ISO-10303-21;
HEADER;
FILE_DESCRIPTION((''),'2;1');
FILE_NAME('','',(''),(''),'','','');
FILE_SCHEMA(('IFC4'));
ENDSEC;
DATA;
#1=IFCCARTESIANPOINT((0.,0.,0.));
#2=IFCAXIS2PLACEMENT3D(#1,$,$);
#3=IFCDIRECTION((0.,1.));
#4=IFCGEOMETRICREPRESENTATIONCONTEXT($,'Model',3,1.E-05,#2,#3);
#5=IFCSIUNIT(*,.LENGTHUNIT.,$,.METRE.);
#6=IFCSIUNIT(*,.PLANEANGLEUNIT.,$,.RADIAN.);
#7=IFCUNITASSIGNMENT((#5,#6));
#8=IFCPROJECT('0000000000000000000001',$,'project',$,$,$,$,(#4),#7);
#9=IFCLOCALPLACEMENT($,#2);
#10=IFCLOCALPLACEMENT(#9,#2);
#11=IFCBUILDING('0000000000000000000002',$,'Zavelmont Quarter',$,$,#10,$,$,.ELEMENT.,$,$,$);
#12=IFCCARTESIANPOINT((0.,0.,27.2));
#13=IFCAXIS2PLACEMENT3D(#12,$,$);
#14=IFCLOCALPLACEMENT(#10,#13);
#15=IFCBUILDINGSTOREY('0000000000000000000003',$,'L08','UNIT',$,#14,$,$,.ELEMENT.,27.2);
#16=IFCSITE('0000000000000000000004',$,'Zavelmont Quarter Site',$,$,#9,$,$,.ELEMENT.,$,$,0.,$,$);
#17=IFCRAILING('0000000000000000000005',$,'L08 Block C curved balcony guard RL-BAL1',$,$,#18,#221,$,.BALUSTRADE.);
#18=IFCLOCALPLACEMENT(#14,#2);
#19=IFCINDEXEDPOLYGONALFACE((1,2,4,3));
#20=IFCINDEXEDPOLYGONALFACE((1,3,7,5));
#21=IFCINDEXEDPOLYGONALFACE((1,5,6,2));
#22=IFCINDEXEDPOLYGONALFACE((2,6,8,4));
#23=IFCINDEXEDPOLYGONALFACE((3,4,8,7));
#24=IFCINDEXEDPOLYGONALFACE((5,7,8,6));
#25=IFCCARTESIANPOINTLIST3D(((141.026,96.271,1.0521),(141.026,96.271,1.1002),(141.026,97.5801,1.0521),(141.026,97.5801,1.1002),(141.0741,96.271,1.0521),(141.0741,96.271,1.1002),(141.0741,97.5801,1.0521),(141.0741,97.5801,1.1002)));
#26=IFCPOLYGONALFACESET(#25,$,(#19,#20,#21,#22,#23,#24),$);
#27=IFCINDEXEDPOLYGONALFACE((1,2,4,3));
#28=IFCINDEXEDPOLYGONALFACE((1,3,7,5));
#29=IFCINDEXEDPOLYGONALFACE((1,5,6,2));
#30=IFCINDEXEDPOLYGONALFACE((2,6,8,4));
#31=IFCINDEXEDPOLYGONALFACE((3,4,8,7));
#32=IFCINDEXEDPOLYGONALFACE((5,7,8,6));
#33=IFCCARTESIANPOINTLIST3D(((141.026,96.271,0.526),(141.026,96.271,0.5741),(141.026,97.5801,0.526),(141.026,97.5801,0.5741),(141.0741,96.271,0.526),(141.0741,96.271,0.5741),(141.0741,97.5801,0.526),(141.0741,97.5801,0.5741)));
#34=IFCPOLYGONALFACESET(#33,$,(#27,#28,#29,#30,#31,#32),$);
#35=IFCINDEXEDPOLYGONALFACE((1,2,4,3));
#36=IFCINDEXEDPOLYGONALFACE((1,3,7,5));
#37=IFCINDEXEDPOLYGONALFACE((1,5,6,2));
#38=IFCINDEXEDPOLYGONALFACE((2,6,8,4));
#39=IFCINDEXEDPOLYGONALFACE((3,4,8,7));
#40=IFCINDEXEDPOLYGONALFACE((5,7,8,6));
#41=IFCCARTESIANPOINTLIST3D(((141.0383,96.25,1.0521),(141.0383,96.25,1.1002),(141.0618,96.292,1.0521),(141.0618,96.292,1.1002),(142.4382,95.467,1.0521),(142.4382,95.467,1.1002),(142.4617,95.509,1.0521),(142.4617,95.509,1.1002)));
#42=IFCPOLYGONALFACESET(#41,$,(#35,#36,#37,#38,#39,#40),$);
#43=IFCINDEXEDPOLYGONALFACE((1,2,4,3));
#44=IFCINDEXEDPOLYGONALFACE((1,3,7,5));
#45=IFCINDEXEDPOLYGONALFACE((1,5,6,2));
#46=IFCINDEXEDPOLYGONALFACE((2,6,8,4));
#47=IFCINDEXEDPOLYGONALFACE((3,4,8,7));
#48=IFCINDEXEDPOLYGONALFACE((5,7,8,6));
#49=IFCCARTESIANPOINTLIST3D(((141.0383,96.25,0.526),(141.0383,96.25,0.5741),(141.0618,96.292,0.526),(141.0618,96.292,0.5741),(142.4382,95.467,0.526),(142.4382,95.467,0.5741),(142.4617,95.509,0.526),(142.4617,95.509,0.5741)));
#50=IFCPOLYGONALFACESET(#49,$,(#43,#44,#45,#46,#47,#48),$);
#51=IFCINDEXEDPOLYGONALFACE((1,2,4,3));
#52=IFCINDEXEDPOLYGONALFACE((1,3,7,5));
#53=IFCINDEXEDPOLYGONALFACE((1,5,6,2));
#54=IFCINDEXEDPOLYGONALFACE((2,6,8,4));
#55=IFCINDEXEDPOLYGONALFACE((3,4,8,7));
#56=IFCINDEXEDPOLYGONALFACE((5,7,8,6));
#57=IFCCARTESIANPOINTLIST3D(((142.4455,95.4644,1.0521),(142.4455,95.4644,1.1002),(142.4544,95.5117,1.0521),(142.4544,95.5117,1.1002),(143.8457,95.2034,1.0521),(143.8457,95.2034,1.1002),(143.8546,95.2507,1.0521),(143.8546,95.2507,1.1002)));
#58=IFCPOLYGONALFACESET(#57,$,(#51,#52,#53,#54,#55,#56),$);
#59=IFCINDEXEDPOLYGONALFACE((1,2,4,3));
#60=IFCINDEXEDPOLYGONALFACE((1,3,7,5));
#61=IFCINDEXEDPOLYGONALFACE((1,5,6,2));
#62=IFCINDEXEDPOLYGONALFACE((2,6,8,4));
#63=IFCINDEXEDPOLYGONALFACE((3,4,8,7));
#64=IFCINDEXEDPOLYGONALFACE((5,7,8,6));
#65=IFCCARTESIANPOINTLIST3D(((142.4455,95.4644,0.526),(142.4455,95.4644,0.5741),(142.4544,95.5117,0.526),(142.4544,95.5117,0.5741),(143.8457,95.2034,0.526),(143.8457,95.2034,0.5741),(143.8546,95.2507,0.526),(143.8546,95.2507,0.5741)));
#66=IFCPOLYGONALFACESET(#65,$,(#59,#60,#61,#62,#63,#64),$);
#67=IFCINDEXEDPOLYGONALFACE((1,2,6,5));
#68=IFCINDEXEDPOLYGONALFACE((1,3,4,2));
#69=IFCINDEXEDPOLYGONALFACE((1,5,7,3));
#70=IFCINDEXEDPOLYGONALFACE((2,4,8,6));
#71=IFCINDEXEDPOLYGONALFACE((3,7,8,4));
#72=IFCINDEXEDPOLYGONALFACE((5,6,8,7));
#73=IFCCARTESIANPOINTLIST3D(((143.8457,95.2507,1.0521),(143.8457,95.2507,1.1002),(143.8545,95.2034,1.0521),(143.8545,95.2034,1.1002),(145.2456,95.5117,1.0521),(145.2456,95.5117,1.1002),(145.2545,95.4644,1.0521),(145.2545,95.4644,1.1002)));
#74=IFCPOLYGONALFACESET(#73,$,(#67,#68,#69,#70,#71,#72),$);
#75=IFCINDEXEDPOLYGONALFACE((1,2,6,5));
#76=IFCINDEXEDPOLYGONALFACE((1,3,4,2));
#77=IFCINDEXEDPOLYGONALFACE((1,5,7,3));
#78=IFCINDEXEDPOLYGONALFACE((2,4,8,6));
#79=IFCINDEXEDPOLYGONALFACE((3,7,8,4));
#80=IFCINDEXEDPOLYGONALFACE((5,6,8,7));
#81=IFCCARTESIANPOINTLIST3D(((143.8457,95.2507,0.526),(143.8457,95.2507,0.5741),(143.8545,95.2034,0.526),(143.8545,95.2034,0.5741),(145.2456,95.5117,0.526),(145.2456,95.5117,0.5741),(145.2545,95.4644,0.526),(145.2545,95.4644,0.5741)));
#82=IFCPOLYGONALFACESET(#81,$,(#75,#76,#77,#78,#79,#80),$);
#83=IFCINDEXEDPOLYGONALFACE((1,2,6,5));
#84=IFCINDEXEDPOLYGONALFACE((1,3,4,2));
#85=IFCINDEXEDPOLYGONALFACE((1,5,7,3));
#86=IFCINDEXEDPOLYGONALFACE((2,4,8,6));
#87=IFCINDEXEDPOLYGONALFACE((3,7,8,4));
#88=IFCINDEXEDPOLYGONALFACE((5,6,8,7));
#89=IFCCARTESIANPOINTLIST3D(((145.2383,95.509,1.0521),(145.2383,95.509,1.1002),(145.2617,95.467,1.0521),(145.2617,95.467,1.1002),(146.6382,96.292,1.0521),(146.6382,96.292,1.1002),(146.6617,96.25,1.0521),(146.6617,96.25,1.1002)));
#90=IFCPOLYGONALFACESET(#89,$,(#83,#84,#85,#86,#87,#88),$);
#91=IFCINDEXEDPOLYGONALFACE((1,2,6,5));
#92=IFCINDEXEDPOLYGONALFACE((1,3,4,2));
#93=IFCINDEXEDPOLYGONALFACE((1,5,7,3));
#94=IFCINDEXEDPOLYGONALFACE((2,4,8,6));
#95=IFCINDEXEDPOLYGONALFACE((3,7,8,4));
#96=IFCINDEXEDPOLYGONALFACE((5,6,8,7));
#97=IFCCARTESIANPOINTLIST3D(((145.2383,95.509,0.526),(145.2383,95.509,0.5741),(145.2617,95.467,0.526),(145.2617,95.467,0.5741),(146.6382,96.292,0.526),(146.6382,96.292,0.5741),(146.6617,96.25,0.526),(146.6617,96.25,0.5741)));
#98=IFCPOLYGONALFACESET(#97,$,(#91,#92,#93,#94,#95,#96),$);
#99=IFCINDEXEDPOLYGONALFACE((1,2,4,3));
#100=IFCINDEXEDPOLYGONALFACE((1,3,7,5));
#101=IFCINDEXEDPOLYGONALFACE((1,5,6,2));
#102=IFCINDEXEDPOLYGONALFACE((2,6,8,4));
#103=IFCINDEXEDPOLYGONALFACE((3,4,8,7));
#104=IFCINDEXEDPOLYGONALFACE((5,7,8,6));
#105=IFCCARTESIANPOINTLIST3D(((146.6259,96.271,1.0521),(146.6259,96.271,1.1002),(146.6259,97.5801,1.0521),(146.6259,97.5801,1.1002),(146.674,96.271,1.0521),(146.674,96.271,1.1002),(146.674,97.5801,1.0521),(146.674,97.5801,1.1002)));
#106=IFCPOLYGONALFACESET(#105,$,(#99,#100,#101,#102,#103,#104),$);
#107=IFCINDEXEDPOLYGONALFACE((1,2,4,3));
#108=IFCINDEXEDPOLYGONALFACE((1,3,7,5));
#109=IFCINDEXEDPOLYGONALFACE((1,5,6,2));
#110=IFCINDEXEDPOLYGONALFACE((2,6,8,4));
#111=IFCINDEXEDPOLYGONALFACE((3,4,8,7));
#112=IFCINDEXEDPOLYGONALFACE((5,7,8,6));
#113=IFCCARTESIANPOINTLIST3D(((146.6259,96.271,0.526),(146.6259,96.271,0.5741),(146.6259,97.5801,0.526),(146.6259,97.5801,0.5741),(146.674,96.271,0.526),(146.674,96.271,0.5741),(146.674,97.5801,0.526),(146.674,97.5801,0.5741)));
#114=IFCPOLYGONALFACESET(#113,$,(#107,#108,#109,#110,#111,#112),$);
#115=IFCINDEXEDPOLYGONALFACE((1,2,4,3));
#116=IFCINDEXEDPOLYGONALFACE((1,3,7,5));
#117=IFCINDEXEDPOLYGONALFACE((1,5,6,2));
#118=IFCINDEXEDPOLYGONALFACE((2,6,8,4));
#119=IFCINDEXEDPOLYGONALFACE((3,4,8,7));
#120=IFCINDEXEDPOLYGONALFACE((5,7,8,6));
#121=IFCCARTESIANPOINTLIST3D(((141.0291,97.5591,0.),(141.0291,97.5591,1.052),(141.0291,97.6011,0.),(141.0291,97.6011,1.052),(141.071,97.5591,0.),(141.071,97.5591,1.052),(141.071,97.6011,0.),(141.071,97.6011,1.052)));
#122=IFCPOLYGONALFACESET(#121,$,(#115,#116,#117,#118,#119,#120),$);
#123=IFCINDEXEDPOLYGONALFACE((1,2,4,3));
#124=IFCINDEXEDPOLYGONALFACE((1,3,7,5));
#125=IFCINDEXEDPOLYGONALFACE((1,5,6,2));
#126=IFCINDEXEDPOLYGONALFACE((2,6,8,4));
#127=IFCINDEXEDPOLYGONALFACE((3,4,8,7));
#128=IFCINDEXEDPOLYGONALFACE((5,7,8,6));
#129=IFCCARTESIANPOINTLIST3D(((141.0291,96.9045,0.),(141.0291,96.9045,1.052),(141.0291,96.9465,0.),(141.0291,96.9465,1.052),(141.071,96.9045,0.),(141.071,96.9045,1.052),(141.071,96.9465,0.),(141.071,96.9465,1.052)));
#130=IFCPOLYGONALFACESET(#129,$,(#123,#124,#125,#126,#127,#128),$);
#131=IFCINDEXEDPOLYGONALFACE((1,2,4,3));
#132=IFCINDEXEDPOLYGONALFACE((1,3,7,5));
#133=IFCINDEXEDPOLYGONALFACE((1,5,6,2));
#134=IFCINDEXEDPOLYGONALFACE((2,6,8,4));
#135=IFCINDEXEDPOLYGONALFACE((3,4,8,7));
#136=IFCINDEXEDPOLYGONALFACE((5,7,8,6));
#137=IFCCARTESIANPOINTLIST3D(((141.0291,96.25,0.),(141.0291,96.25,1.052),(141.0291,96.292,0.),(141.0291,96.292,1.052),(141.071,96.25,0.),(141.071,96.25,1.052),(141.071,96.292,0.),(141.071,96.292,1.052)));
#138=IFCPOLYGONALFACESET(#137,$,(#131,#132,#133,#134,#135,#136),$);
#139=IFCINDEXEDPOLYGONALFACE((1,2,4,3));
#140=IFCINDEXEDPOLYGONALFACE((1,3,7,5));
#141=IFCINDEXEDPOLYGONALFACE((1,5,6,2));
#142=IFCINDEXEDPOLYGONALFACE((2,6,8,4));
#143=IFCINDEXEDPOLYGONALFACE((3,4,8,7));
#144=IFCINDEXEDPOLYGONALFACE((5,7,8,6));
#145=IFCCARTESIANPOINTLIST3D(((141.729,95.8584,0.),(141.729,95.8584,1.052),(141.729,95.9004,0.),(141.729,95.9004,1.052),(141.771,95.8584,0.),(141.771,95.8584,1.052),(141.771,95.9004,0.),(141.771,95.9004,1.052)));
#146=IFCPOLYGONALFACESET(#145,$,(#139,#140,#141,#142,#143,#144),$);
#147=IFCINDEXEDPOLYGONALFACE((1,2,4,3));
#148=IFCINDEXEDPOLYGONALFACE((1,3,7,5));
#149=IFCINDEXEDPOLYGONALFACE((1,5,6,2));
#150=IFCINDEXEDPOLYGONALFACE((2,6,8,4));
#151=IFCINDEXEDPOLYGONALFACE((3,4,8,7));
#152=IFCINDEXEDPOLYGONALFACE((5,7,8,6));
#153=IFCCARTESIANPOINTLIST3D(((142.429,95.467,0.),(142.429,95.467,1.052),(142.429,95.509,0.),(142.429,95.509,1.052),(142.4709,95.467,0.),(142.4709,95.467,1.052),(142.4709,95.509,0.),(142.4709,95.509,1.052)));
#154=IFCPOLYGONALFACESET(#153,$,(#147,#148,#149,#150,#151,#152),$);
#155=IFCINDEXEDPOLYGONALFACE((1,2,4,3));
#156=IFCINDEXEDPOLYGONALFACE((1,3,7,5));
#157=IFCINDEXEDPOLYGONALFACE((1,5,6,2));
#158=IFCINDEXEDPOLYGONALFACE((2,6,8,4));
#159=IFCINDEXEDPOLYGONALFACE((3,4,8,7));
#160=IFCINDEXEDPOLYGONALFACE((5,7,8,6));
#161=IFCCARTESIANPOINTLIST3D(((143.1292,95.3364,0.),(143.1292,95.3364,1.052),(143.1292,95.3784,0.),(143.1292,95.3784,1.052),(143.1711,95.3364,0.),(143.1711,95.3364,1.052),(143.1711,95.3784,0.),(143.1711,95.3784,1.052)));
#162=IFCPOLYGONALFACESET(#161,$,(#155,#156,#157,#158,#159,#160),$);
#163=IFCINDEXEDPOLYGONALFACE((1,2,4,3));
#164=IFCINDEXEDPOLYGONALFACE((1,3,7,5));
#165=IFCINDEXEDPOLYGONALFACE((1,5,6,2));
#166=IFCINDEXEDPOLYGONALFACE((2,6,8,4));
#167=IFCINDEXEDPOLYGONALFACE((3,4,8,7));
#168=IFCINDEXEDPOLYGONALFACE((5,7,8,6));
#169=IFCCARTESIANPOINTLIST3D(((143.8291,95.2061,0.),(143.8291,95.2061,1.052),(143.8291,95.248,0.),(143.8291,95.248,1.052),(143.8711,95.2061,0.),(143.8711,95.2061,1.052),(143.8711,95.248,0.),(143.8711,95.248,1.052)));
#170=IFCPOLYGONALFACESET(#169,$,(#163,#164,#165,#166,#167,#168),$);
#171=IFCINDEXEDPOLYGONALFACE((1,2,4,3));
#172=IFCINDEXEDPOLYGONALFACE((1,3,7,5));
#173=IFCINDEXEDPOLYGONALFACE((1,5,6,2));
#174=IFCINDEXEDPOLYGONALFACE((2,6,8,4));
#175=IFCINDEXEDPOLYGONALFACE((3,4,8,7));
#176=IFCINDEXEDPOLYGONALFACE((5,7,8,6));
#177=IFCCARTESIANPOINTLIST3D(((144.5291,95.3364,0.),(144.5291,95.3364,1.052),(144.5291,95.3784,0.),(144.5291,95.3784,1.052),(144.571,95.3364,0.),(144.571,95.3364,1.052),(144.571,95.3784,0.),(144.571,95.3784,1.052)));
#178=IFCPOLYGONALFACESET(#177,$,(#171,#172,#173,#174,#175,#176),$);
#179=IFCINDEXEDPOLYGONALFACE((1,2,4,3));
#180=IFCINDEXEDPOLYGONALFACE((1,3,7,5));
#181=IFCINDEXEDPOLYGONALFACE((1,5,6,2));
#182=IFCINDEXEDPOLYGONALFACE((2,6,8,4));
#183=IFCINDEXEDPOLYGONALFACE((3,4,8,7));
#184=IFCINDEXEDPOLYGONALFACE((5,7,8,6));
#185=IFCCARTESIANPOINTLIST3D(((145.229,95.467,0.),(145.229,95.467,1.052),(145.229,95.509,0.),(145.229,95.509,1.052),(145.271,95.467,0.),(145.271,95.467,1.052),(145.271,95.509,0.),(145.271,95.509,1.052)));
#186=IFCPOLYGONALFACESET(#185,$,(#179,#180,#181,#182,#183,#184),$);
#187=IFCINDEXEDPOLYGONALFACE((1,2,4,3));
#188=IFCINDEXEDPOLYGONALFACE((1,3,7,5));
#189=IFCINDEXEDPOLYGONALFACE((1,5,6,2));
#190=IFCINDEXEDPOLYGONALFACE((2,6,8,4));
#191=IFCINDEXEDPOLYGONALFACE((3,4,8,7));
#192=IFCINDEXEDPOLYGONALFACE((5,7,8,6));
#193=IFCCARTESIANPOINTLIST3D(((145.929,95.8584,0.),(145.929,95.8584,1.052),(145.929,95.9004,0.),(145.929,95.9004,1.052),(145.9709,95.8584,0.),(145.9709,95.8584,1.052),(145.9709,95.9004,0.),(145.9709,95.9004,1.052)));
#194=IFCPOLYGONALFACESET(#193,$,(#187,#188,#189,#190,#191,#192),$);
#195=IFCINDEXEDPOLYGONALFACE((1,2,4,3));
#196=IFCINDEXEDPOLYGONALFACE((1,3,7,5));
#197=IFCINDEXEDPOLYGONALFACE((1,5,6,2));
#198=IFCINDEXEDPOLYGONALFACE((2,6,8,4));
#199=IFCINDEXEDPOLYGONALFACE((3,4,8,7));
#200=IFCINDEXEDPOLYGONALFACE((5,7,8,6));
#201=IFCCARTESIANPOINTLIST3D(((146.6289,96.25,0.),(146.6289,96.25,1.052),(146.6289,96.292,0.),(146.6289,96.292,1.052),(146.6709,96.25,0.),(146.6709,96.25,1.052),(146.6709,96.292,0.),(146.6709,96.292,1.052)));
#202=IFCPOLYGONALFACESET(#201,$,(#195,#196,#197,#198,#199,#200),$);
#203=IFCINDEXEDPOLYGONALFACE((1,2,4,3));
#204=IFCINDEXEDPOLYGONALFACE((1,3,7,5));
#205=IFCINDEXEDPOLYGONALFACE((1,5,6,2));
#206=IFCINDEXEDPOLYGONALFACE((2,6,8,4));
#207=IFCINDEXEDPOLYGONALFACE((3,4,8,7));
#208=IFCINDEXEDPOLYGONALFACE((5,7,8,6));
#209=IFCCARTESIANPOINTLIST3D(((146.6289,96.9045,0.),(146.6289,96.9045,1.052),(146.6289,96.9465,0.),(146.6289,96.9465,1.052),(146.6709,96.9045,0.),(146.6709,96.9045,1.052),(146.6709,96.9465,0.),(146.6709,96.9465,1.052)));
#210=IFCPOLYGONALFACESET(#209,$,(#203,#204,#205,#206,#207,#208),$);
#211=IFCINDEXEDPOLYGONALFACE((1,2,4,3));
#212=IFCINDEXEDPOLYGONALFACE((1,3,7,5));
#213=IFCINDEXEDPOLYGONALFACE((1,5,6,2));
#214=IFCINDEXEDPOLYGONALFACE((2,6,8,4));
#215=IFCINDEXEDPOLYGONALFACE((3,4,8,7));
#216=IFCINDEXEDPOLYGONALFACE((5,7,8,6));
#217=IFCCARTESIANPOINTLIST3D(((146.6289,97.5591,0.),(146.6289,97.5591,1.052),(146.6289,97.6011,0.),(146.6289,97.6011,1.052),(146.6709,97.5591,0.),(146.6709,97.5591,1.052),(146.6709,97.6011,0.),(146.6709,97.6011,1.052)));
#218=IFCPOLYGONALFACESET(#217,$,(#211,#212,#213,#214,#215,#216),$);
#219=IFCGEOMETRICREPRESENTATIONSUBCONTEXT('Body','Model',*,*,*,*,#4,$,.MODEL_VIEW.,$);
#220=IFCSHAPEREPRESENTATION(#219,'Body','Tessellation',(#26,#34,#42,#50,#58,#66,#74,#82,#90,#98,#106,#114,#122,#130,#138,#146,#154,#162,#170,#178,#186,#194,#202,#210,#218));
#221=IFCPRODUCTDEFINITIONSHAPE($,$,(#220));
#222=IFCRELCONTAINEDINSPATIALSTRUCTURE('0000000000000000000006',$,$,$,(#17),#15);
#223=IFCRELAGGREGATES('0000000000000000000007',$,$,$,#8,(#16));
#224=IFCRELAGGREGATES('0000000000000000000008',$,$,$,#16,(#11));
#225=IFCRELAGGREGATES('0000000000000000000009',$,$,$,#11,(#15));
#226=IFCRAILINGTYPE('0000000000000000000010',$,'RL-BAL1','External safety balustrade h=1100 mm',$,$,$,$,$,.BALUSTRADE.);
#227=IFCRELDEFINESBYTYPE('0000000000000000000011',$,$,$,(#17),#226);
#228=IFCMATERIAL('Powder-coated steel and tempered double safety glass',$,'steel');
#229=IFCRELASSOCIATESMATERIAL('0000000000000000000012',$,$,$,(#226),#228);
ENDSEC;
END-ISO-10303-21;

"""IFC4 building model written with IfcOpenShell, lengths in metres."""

from ifc_helpers import new_model, si_unit, direction, frame, origin, origin_2d, place, context, subcontext, project, spatial, rectangle, extrude, material, type_object, element, save


model = new_model("IFC4")

# Units and contexts
model_context = context("Model", 3, precision=1e-05, world=origin(), true_north=direction((0.0, 1.0)))
body_context = subcontext(model_context, "Body", "Model", "MODEL_VIEW")
ifc_project = project(units=[si_unit("LENGTHUNIT", "METRE"), si_unit("PLANEANGLEUNIT", "RADIAN")], contexts=[model_context])

# Site, building, storey
site_placement = place(None, origin())
site = spatial("IfcSite", under=ifc_project, at=site_placement, Name="Zavelmont Quarter Site", CompositionType="ELEMENT", RefElevation=0.0)
building_placement = place(site_placement, origin())
building = spatial("IfcBuilding", under=site, at=building_placement, Name="Zavelmont Quarter", CompositionType="ELEMENT")
storey_placement = place(building_placement, frame((0.0, 0.0, 27.2)))
storey = spatial("IfcBuildingStorey", under=building, at=storey_placement, Name="L08", Description="UNIT", CompositionType="ELEMENT", Elevation=27.2)

# Railing
ifc_material_1 = material(Name="Powder-coated steel and tempered double safety glass", Category="steel")
railing_type_1 = type_object("IfcRailingType", Name="RL-BAL1", Description="External safety balustrade h=1100 mm", PredefinedType="BALUSTRADE", material=ifc_material_1)
railing_1_placement = place(storey_placement, frame((141.05, 97.5801, 0.0)))
element("IfcRailing", 1, at=railing_1_placement, inside=storey, type_object=railing_type_1, Name="L08 Block C curved balcony guard RL-BAL1", PredefinedType="BALUSTRADE", context=body_context, shape_type="SweptSolid", body=[
    extrude(rectangle(XDim=0.0481, YDim=0.0481, at=origin_2d()), frame((0.0, 0.0, 1.0762), z_axis=(0.0, -1.0, 0.0), x_axis=(1.0, 0.0, 0.0)), (0.0, 0.0, 1.0), 1.3091),
    extrude(rectangle(XDim=0.0481, YDim=0.0481, at=origin_2d()), frame((0.0, 0.0, 0.55), z_axis=(0.0, -1.0, 0.0), x_axis=(1.0, 0.0, 0.0)), (0.0, 0.0, 1.0), 1.3091),
    extrude(rectangle(XDim=0.0481, YDim=0.0481, at=origin_2d()), frame((0.0, -1.3091, 1.0762), z_axis=(0.872768, -0.488135, 0.0), x_axis=(0.488135, 0.872768, 0.0)), (0.0, 0.0, 1.0), 1.604),
    extrude(rectangle(XDim=0.0481, YDim=0.0481, at=origin_2d()), frame((0.0, -1.3091, 0.55), z_axis=(0.872768, -0.488135, 0.0), x_axis=(0.488135, 0.872768, 0.0)), (0.0, 0.0, 1.0), 1.604),
    extrude(rectangle(XDim=0.0481, YDim=0.0481, at=origin_2d()), frame((1.3999, -2.092, 1.0762), z_axis=(0.983068, -0.183243, 0.0), x_axis=(0.183243, 0.983068, 0.0)), (0.0, 0.0, 1.0), 1.4243),
    extrude(rectangle(XDim=0.0481, YDim=0.0481, at=origin_2d()), frame((1.3999, -2.092, 0.55), z_axis=(0.983068, -0.183243, 0.0), x_axis=(0.183243, 0.983068, 0.0)), (0.0, 0.0, 1.0), 1.4243),
    extrude(rectangle(XDim=0.0481, YDim=0.0481, at=origin_2d()), frame((2.8, -2.353, 1.0762), z_axis=(0.983062, 0.183274, 0.0), x_axis=(-0.183274, 0.983062, 0.0)), (0.0, 0.0, 1.0), 1.4241),
    extrude(rectangle(XDim=0.0481, YDim=0.0481, at=origin_2d()), frame((2.8, -2.353, 0.55), z_axis=(0.983062, 0.183274, 0.0), x_axis=(-0.183274, 0.983062, 0.0)), (0.0, 0.0, 1.0), 1.4241),
    extrude(rectangle(XDim=0.0481, YDim=0.0481, at=origin_2d()), frame((4.2, -2.092, 1.0762), z_axis=(0.872768, 0.488135, 0.0), x_axis=(-0.488135, 0.872768, 0.0)), (0.0, 0.0, 1.0), 1.604),
    extrude(rectangle(XDim=0.0481, YDim=0.0481, at=origin_2d()), frame((4.2, -2.092, 0.55), z_axis=(0.872768, 0.488135, 0.0), x_axis=(-0.488135, 0.872768, 0.0)), (0.0, 0.0, 1.0), 1.604),
    extrude(rectangle(XDim=0.0481, YDim=0.0481, at=origin_2d()), frame((5.5999, -1.3091, 1.0762), z_axis=(0.0, 1.0, 0.0), x_axis=(-1.0, 0.0, 0.0)), (0.0, 0.0, 1.0), 1.3091),
    extrude(rectangle(XDim=0.0481, YDim=0.0481, at=origin_2d()), frame((5.5999, -1.3091, 0.55), z_axis=(0.0, 1.0, 0.0), x_axis=(-1.0, 0.0, 0.0)), (0.0, 0.0, 1.0), 1.3091),
    extrude(rectangle(XDim=0.042, YDim=0.042, at=origin_2d()), origin(), (0.0, 0.0, 1.0), 1.052),
    extrude(rectangle(XDim=0.042, YDim=0.042, at=origin_2d()), frame((0.0, -0.6545, 0.0)), (0.0, 0.0, 1.0), 1.052),
    extrude(rectangle(XDim=0.042, YDim=0.042, at=origin_2d()), frame((0.0, -1.3091, 0.0)), (0.0, 0.0, 1.0), 1.052),
    extrude(rectangle(XDim=0.042, YDim=0.042, at=origin_2d()), frame((0.7, -1.7007, 0.0)), (0.0, 0.0, 1.0), 1.052),
    extrude(rectangle(XDim=0.042, YDim=0.042, at=origin_2d()), frame((1.3999, -2.092, 0.0)), (0.0, 0.0, 1.0), 1.052),
    extrude(rectangle(XDim=0.042, YDim=0.042, at=origin_2d()), frame((2.1001, -2.2227, 0.0)), (0.0, 0.0, 1.0), 1.052),
    extrude(rectangle(XDim=0.042, YDim=0.042, at=origin_2d()), frame((2.8, -2.353, 0.0)), (0.0, 0.0, 1.0), 1.052),
    extrude(rectangle(XDim=0.042, YDim=0.042, at=origin_2d()), frame((3.5, -2.2227, 0.0)), (0.0, 0.0, 1.0), 1.052),
    extrude(rectangle(XDim=0.042, YDim=0.042, at=origin_2d()), frame((4.2, -2.092, 0.0)), (0.0, 0.0, 1.0), 1.052),
    extrude(rectangle(XDim=0.042, YDim=0.042, at=origin_2d()), frame((4.8999, -1.7007, 0.0)), (0.0, 0.0, 1.0), 1.052),
    extrude(rectangle(XDim=0.042, YDim=0.042, at=origin_2d()), frame((5.5999, -1.3091, 0.0)), (0.0, 0.0, 1.0), 1.052),
    extrude(rectangle(XDim=0.042, YDim=0.042, at=origin_2d()), frame((5.5999, -0.6545, 0.0)), (0.0, 0.0, 1.0), 1.052),
    extrude(rectangle(XDim=0.042, YDim=0.042, at=origin_2d()), frame((5.5999, 0.0, 0.0)), (0.0, 0.0, 1.0), 1.052),
])

save(model, "model.ifc")
